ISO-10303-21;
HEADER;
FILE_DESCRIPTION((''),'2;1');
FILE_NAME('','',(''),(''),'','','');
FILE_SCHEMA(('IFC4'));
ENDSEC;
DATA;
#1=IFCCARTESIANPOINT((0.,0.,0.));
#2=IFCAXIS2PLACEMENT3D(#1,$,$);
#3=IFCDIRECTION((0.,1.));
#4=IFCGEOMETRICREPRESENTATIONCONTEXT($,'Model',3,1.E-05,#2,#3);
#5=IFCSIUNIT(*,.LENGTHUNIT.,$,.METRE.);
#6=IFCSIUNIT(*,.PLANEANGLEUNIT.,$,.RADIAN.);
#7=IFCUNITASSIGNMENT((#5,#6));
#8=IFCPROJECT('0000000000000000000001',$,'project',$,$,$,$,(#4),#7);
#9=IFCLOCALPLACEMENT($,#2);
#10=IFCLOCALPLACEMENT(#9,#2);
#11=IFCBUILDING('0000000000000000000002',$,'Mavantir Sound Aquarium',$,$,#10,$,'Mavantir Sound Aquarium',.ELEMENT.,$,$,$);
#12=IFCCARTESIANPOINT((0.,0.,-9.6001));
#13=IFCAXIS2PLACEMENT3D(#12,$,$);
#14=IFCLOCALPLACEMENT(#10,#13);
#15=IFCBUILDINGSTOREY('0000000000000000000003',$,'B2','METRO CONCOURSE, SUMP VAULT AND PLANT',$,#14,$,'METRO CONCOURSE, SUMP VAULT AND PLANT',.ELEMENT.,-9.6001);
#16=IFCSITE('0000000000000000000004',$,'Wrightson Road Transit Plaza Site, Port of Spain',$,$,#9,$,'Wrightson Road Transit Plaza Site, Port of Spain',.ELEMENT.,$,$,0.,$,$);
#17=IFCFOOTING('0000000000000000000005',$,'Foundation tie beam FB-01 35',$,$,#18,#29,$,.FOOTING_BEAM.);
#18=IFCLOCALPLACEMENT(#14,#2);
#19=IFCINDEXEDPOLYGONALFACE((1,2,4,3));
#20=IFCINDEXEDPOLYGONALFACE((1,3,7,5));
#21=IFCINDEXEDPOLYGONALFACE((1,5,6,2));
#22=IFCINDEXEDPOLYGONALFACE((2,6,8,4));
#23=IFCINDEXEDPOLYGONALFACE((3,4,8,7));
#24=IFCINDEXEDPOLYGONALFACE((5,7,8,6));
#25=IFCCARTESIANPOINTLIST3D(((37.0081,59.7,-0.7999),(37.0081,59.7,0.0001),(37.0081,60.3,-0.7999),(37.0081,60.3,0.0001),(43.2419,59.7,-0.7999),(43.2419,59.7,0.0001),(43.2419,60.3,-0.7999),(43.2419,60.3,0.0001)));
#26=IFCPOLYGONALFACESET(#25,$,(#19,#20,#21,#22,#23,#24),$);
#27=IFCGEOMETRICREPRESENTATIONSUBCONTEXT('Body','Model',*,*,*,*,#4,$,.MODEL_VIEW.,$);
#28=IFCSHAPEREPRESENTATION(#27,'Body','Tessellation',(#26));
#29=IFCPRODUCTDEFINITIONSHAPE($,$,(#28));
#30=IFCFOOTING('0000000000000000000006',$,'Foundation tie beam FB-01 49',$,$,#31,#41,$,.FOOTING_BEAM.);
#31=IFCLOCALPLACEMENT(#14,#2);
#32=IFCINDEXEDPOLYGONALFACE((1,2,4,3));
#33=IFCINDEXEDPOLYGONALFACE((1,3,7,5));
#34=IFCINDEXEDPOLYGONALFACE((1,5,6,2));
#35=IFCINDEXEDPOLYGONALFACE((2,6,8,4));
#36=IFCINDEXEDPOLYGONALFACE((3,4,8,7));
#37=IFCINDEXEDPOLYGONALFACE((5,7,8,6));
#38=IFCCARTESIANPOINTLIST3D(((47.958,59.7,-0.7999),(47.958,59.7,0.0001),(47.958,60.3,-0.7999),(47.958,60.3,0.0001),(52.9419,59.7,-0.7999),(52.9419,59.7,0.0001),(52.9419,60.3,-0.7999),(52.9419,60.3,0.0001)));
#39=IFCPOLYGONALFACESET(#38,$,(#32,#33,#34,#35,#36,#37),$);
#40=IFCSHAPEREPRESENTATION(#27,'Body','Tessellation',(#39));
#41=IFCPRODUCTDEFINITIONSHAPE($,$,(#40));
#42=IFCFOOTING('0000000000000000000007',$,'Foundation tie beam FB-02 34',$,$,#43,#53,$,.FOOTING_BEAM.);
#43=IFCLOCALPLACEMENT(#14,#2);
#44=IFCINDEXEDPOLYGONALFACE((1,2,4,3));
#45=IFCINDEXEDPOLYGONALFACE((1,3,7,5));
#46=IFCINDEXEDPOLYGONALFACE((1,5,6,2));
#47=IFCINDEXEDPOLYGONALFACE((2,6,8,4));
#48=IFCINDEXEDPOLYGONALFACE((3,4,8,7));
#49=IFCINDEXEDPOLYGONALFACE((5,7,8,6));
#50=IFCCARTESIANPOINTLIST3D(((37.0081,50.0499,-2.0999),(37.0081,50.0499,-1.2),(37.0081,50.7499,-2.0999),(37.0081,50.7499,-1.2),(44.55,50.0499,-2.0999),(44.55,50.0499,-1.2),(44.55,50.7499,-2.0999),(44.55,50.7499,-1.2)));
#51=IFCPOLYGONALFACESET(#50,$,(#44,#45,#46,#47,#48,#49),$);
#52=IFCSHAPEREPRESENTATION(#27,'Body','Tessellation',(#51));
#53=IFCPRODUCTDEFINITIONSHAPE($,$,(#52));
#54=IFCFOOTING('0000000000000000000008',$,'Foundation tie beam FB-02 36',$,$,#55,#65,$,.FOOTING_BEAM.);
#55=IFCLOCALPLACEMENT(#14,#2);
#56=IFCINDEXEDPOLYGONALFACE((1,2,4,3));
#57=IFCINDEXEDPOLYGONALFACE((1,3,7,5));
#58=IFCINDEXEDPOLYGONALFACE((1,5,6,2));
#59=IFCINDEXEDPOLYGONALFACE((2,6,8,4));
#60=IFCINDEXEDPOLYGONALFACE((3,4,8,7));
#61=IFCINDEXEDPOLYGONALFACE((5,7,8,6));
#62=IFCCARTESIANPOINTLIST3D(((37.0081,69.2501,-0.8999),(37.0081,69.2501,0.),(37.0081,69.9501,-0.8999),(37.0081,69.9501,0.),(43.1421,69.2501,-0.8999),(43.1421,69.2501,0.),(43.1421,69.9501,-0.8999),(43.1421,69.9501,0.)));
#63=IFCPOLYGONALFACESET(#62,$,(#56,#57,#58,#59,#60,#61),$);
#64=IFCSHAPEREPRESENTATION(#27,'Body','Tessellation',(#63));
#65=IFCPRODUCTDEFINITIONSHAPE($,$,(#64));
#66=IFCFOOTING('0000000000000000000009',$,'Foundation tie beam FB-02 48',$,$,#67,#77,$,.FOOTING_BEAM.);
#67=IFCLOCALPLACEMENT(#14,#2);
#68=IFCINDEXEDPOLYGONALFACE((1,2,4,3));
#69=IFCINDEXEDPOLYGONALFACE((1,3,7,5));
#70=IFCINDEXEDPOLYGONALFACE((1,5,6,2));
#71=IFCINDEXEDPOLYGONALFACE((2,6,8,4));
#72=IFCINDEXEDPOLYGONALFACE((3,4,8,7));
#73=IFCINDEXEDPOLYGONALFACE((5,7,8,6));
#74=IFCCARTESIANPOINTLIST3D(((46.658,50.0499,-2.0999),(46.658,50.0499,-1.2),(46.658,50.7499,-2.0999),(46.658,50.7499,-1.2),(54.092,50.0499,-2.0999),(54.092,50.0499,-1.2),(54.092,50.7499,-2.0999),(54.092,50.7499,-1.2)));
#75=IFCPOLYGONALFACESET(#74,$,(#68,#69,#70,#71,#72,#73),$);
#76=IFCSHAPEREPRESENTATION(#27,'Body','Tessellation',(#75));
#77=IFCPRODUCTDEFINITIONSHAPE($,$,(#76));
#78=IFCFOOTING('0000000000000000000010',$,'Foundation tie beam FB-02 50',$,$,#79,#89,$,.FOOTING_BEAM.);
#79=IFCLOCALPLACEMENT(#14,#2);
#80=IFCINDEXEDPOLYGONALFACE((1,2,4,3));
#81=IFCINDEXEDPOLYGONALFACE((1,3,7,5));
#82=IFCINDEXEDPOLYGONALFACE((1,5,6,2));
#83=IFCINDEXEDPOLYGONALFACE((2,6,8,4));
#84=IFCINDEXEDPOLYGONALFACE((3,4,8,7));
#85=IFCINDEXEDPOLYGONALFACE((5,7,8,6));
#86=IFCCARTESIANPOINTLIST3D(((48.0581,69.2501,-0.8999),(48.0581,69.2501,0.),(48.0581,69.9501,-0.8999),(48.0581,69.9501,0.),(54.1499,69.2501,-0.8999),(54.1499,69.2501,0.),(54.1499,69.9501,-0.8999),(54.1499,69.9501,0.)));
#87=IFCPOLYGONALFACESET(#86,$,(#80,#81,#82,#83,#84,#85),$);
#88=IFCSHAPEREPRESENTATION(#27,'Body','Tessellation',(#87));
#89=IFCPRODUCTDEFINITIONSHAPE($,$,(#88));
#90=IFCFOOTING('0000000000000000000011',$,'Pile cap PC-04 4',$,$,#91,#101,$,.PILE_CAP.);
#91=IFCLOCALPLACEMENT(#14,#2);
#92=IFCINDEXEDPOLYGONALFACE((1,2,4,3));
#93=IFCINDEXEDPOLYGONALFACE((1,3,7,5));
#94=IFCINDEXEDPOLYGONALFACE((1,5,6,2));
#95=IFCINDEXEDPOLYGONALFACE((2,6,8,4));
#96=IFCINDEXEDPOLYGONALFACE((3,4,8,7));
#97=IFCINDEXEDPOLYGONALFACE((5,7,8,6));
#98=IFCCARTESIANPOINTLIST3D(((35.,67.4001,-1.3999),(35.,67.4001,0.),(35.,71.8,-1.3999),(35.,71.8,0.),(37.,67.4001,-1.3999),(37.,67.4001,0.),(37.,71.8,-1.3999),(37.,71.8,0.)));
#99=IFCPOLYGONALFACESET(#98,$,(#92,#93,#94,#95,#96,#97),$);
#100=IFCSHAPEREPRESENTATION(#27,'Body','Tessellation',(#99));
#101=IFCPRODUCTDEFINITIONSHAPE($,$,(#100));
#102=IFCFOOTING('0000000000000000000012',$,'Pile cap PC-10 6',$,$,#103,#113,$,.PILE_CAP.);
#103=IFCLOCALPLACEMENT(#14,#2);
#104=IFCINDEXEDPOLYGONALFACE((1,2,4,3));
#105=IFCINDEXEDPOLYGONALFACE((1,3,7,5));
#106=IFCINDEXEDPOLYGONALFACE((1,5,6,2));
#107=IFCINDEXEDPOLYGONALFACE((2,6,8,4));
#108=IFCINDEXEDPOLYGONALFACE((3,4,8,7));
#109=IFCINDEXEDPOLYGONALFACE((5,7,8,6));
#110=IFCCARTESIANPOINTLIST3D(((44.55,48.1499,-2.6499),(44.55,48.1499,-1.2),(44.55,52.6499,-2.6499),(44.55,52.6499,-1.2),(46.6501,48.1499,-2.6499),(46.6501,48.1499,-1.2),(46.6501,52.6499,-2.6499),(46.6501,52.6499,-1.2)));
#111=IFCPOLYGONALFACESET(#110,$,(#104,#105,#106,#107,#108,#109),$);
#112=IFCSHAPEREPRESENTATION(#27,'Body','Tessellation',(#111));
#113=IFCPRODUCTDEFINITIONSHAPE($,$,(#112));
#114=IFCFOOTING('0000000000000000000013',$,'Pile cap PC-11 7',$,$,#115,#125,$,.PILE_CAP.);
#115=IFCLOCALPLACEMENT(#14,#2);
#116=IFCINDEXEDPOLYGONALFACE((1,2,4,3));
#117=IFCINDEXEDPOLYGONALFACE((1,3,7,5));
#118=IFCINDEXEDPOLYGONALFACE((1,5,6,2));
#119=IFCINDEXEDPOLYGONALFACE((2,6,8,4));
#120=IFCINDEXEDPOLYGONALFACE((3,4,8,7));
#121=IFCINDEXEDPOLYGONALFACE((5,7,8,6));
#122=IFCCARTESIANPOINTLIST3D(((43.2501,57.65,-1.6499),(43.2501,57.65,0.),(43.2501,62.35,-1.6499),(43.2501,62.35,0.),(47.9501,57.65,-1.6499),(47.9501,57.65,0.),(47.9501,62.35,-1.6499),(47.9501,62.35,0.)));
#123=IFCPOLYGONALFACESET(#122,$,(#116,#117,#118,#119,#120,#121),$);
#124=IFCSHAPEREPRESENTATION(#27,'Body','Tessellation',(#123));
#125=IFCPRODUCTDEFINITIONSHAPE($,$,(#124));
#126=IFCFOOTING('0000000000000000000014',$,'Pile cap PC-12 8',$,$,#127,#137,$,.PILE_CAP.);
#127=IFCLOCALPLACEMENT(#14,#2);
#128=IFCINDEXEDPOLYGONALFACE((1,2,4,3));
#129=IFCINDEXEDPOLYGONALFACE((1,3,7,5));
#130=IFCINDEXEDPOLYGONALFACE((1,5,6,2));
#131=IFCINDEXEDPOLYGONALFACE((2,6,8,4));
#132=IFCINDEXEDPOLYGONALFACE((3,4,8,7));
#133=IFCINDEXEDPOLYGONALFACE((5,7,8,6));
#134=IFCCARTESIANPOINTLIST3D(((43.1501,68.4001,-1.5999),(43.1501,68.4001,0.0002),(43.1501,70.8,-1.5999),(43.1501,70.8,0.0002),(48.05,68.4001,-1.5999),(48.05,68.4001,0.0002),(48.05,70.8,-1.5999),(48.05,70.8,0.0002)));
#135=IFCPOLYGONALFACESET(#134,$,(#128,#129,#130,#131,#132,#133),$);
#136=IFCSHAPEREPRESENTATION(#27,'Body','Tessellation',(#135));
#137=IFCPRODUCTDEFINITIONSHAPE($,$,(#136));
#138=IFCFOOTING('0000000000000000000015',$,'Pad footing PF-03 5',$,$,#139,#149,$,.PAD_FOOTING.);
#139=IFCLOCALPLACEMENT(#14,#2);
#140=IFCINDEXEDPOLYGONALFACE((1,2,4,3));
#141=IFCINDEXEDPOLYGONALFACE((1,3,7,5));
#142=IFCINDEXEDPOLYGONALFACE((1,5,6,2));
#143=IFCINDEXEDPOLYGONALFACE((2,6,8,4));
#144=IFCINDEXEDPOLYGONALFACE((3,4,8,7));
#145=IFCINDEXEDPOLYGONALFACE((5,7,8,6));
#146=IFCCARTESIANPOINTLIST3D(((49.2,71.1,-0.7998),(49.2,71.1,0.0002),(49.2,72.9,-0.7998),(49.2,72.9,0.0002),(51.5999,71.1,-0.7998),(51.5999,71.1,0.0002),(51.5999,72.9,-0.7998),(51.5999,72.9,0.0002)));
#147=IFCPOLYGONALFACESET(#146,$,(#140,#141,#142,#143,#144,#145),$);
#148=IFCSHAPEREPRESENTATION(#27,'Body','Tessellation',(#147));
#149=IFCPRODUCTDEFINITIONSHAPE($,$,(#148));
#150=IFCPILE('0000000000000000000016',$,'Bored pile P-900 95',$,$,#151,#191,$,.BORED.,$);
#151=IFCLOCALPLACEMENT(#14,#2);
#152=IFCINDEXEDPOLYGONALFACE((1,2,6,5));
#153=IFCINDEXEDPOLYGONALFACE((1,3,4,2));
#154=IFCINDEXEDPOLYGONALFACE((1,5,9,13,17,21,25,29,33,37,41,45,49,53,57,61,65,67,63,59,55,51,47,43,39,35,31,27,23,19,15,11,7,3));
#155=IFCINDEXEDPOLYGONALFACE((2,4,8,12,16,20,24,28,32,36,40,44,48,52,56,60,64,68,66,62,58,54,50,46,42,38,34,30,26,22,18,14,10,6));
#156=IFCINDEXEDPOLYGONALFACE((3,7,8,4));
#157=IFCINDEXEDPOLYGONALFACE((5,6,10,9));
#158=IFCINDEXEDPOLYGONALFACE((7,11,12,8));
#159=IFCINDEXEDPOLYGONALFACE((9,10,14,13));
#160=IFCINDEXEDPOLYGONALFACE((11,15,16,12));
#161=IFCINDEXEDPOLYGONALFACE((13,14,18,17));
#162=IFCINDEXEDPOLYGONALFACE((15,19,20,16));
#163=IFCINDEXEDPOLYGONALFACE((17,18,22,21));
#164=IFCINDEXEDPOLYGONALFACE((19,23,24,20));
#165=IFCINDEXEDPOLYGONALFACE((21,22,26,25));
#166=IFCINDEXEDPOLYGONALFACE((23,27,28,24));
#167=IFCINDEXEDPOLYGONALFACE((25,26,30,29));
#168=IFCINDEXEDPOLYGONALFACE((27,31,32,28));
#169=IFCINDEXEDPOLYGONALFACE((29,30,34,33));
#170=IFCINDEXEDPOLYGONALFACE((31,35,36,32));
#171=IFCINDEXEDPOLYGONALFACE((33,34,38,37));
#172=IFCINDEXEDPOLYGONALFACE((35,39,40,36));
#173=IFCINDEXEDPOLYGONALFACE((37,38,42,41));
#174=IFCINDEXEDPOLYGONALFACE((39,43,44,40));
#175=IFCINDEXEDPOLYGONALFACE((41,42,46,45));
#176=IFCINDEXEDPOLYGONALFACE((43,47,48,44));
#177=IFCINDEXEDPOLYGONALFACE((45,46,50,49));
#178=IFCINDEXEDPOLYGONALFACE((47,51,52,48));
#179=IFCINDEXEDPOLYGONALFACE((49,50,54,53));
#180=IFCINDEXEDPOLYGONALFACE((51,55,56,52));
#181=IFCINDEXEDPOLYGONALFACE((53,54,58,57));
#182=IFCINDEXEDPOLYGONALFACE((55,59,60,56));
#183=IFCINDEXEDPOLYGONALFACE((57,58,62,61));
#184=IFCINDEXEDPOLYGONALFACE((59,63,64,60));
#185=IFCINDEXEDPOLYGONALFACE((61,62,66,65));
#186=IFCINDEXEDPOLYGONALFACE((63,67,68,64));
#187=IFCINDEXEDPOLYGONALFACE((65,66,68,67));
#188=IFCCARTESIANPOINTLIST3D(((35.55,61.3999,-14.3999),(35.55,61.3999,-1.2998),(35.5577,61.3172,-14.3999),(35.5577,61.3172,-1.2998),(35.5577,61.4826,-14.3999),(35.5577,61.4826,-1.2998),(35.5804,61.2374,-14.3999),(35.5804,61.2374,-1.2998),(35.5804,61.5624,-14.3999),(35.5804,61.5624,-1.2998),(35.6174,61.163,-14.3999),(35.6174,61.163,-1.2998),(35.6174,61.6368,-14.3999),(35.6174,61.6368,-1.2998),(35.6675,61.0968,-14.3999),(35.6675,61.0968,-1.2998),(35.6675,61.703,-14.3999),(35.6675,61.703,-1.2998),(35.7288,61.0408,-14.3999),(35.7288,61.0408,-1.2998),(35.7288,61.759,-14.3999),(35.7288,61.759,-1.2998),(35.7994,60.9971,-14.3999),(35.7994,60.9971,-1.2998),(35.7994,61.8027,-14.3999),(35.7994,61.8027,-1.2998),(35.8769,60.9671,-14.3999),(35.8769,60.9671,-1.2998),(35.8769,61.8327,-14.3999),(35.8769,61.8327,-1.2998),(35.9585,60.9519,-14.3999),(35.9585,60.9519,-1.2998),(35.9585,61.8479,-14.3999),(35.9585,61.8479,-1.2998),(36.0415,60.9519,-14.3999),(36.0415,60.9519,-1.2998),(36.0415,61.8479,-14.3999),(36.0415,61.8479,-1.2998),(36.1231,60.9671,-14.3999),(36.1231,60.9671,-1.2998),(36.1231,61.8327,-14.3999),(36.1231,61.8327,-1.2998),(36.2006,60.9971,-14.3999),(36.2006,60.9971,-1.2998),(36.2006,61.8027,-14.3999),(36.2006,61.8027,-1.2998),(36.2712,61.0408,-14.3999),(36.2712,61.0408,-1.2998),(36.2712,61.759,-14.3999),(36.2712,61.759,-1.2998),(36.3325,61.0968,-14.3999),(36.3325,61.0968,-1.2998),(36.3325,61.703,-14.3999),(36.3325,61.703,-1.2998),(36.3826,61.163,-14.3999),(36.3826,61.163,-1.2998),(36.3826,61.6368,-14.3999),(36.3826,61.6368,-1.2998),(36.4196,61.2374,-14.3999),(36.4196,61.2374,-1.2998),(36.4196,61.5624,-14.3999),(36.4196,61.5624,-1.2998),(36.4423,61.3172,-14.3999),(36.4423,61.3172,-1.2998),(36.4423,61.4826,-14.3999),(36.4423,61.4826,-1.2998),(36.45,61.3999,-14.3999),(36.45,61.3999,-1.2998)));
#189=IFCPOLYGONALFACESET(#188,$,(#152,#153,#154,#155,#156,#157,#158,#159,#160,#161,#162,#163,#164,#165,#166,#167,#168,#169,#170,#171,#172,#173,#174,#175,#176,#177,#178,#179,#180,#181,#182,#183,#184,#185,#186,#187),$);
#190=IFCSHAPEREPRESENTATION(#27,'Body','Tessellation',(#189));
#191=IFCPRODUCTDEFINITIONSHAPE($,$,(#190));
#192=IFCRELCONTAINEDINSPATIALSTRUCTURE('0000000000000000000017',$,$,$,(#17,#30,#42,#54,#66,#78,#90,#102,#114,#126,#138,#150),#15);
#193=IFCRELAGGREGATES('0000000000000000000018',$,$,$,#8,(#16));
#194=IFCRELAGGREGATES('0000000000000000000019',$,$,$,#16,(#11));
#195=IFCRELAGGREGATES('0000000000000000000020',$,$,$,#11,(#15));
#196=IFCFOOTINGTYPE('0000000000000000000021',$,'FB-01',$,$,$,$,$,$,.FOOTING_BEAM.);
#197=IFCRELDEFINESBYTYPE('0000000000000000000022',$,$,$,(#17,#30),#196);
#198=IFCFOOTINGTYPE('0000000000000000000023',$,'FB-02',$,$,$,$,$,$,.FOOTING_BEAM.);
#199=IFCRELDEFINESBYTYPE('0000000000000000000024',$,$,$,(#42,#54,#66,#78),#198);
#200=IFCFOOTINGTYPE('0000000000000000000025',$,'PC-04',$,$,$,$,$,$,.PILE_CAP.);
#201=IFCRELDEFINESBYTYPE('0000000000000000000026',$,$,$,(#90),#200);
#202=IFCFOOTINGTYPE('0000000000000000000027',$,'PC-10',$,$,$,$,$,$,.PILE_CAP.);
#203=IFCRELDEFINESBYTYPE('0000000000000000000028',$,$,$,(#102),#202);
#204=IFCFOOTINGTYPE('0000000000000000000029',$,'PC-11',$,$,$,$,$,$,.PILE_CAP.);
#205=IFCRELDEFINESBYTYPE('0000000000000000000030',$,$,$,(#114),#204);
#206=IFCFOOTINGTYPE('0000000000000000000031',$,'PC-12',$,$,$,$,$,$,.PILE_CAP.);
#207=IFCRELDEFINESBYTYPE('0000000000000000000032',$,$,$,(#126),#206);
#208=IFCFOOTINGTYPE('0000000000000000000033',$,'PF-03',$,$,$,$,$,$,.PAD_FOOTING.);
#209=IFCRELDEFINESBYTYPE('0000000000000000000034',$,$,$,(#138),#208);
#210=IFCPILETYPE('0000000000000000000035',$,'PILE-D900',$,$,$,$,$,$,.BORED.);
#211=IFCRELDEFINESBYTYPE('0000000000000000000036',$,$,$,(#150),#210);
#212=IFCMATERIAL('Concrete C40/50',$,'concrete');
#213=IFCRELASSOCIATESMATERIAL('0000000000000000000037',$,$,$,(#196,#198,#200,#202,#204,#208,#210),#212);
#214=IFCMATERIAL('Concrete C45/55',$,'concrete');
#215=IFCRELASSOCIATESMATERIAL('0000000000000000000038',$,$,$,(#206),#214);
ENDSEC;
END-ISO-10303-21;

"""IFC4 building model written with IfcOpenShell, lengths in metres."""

from ifc_helpers import new_model, si_unit, direction, frame, origin, origin_2d, place, context, subcontext, project, spatial, rectangle, circle, extrude, material, material_profile, profile_set, type_object, element, save


model = new_model("IFC4")

# Units and contexts
model_context = context("Model", 3, precision=1e-05, world=origin(), true_north=direction((0.0, 1.0)))
body_context = subcontext(model_context, "Body", "Model", "MODEL_VIEW")
ifc_project = project(units=[si_unit("LENGTHUNIT", "METRE"), si_unit("PLANEANGLEUNIT", "RADIAN")], contexts=[model_context])

# Site, building, storey
site_placement = place(None, origin())
site = spatial("IfcSite", under=ifc_project, at=site_placement, Name="Wrightson Road Transit Plaza Site, Port of Spain", LongName="Wrightson Road Transit Plaza Site, Port of Spain", CompositionType="ELEMENT", RefElevation=0.0)
building_placement = place(site_placement, origin())
building = spatial("IfcBuilding", under=site, at=building_placement, Name="Mavantir Sound Aquarium", LongName="Mavantir Sound Aquarium", CompositionType="ELEMENT")
storey_placement = place(building_placement, frame((0.0, 0.0, -9.6001)))
storey = spatial("IfcBuildingStorey", under=building, at=storey_placement, Name="B2", Description="METRO CONCOURSE, SUMP VAULT AND PLANT", LongName="METRO CONCOURSE, SUMP VAULT AND PLANT", CompositionType="ELEMENT", Elevation=-9.6001)

# Footings
ifc_material_1 = material(Name="Concrete C40/50", Category="concrete")
ifc_material_profile_1 = material_profile(ifc_material_1, rectangle(XDim=0.6001, YDim=0.8, at=origin_2d()), Name="RC 600X800")
ifc_profile_set_1 = profile_set([ifc_material_profile_1], Name="Concrete C40/50")
footing_type_1 = type_object("IfcFootingType", Name="FB-01", PredefinedType="FOOTING_BEAM", material=ifc_profile_set_1)
footing_1_placement = place(storey_placement, frame((37.0081, 60.0, -0.3999), z_axis=(1.0, 0.0, 0.0), x_axis=(0.0, 1.0, 0.0)))
element("IfcFooting", 1, at=footing_1_placement, inside=storey, type_object=footing_type_1, Name="Foundation tie beam FB-01 35", PredefinedType="FOOTING_BEAM", context=body_context, shape_type="SweptSolid", body=[
    extrude(rectangle(XDim=0.6001, YDim=0.8, at=origin_2d()), origin(), (0.0, 0.0, 1.0), 6.2339),
])
footing_2_placement = place(storey_placement, frame((47.958, 60.0, -0.3999), z_axis=(1.0, 0.0, 0.0), x_axis=(0.0, 1.0, 0.0)))
element("IfcFooting", 2, at=footing_2_placement, inside=storey, type_object=footing_type_1, Name="Foundation tie beam FB-01 49", PredefinedType="FOOTING_BEAM", context=body_context, shape_type="SweptSolid", body=[
    extrude(rectangle(XDim=0.6001, YDim=0.8, at=origin_2d()), origin(), (0.0, 0.0, 1.0), 4.9839),
])
ifc_material_profile_2 = material_profile(ifc_material_1, rectangle(XDim=0.7, YDim=0.8999, at=origin_2d()), Name="RC 700X900")
ifc_profile_set_2 = profile_set([ifc_material_profile_2], Name="Concrete C40/50")
footing_type_2 = type_object("IfcFootingType", Name="FB-02", PredefinedType="FOOTING_BEAM", material=ifc_profile_set_2)
footing_3_placement = place(storey_placement, frame((37.0081, 50.3999, -1.6499), z_axis=(1.0, 0.0, 0.0), x_axis=(0.0, 1.0, 0.0)))
element("IfcFooting", 3, at=footing_3_placement, inside=storey, type_object=footing_type_2, Name="Foundation tie beam FB-02 34", PredefinedType="FOOTING_BEAM", context=body_context, shape_type="SweptSolid", body=[
    extrude(rectangle(XDim=0.7, YDim=0.8999, at=origin_2d()), origin(), (0.0, 0.0, 1.0), 7.542),
])
footing_4_placement = place(storey_placement, frame((37.0081, 69.6001, -0.45), z_axis=(1.0, 0.0, 0.0), x_axis=(0.0, 1.0, 0.0)))
element("IfcFooting", 4, at=footing_4_placement, inside=storey, type_object=footing_type_2, Name="Foundation tie beam FB-02 36", PredefinedType="FOOTING_BEAM", context=body_context, shape_type="SweptSolid", body=[
    extrude(rectangle(XDim=0.7, YDim=0.8999, at=origin_2d()), origin(), (0.0, 0.0, 1.0), 6.134),
])
footing_5_placement = place(storey_placement, frame((46.658, 50.3999, -1.6499), z_axis=(1.0, 0.0, 0.0), x_axis=(0.0, 1.0, 0.0)))
element("IfcFooting", 5, at=footing_5_placement, inside=storey, type_object=footing_type_2, Name="Foundation tie beam FB-02 48", PredefinedType="FOOTING_BEAM", context=body_context, shape_type="SweptSolid", body=[
    extrude(rectangle(XDim=0.7, YDim=0.8999, at=origin_2d()), origin(), (0.0, 0.0, 1.0), 7.4341),
])
footing_6_placement = place(storey_placement, frame((48.0581, 69.6001, -0.45), z_axis=(1.0, 0.0, 0.0), x_axis=(0.0, 1.0, 0.0)))
element("IfcFooting", 6, at=footing_6_placement, inside=storey, type_object=footing_type_2, Name="Foundation tie beam FB-02 50", PredefinedType="FOOTING_BEAM", context=body_context, shape_type="SweptSolid", body=[
    extrude(rectangle(XDim=0.7, YDim=0.8999, at=origin_2d()), origin(), (0.0, 0.0, 1.0), 6.0918),
])
footing_type_3 = type_object("IfcFootingType", Name="PC-04", PredefinedType="PILE_CAP", material=ifc_material_1)
footing_7_placement = place(storey_placement, frame((36.0, 69.6001, -1.3999), z_axis=(0.0, 0.0, 1.0), x_axis=(1.0, 0.0, 0.0)))
element("IfcFooting", 7, at=footing_7_placement, inside=storey, type_object=footing_type_3, Name="Pile cap PC-04 4", PredefinedType="PILE_CAP", context=body_context, shape_type="SweptSolid", body=[
    extrude(rectangle(XDim=2.0, YDim=4.3999, at=origin_2d()), origin(), (0.0, 0.0, 1.0), 1.3999),
])
footing_type_4 = type_object("IfcFootingType", Name="PC-10", PredefinedType="PILE_CAP", material=ifc_material_1)
footing_8_placement = place(storey_placement, frame((45.6001, 50.3999, -2.6499), z_axis=(0.0, 0.0, 1.0), x_axis=(1.0, 0.0, 0.0)))
element("IfcFooting", 8, at=footing_8_placement, inside=storey, type_object=footing_type_4, Name="Pile cap PC-10 6", PredefinedType="PILE_CAP", context=body_context, shape_type="SweptSolid", body=[
    extrude(rectangle(XDim=2.1001, YDim=4.5, at=origin_2d()), origin(), (0.0, 0.0, 1.0), 1.45),
])
footing_type_5 = type_object("IfcFootingType", Name="PC-11", PredefinedType="PILE_CAP", material=ifc_material_1)
footing_9_placement = place(storey_placement, frame((45.6001, 60.0, -1.6499), z_axis=(0.0, 0.0, 1.0), x_axis=(1.0, 0.0, 0.0)))
element("IfcFooting", 9, at=footing_9_placement, inside=storey, type_object=footing_type_5, Name="Pile cap PC-11 7", PredefinedType="PILE_CAP", context=body_context, shape_type="SweptSolid", body=[
    extrude(rectangle(XDim=4.7, YDim=4.7, at=origin_2d()), origin(), (0.0, 0.0, 1.0), 1.6499),
])
ifc_material_2 = material(Name="Concrete C45/55", Category="concrete")
footing_type_6 = type_object("IfcFootingType", Name="PC-12", PredefinedType="PILE_CAP", material=ifc_material_2)
footing_10_placement = place(storey_placement, frame((45.6001, 69.6001, -1.5999), z_axis=(0.0, 0.0, 1.0), x_axis=(1.0, 0.0, 0.0)))
element("IfcFooting", 10, at=footing_10_placement, inside=storey, type_object=footing_type_6, Name="Pile cap PC-12 8", PredefinedType="PILE_CAP", context=body_context, shape_type="SweptSolid", body=[
    extrude(rectangle(XDim=4.8999, YDim=2.3999, at=origin_2d()), origin(), (0.0, 0.0, 1.0), 1.6001),
])
footing_type_7 = type_object("IfcFootingType", Name="PF-03", PredefinedType="PAD_FOOTING", material=ifc_material_1)
footing_11_placement = place(storey_placement, frame((50.3999, 72.0, -0.7998), z_axis=(0.0, 0.0, 1.0), x_axis=(1.0, 0.0, 0.0)))
element("IfcFooting", 11, at=footing_11_placement, inside=storey, type_object=footing_type_7, Name="Pad footing PF-03 5", PredefinedType="PAD_FOOTING", context=body_context, shape_type="SweptSolid", body=[
    extrude(rectangle(XDim=2.3999, YDim=1.8, at=origin_2d()), origin(), (0.0, 0.0, 1.0), 0.8),
])

# Pile
ifc_material_profile_3 = material_profile(ifc_material_1, circle(Radius=0.45, at=origin_2d()), Name="PILE D900")
ifc_profile_set_3 = profile_set([ifc_material_profile_3], Name="Concrete C40/50")
pile_type = type_object("IfcPileType", Name="PILE-D900", PredefinedType="BORED", material=ifc_profile_set_3)
for number, where, z_axis, x_axis, name in (
    (12, (36.0, 61.3999, -1.2998), (0.0, 0.0, -1.0), (1.0, 0.0, 0.0), "Bored pile P-900 95"),
):
    element("IfcPile", number, at=place(storey_placement, frame(where, z_axis=z_axis, x_axis=x_axis)), inside=storey, type_object=pile_type, Name=name, PredefinedType="BORED", context=body_context, shape_type="SweptSolid", body=[
        extrude(circle(Radius=0.45, at=origin_2d()), origin(), (0.0, 0.0, 1.0), 13.1001),
    ])

save(model, "model.ifc")
